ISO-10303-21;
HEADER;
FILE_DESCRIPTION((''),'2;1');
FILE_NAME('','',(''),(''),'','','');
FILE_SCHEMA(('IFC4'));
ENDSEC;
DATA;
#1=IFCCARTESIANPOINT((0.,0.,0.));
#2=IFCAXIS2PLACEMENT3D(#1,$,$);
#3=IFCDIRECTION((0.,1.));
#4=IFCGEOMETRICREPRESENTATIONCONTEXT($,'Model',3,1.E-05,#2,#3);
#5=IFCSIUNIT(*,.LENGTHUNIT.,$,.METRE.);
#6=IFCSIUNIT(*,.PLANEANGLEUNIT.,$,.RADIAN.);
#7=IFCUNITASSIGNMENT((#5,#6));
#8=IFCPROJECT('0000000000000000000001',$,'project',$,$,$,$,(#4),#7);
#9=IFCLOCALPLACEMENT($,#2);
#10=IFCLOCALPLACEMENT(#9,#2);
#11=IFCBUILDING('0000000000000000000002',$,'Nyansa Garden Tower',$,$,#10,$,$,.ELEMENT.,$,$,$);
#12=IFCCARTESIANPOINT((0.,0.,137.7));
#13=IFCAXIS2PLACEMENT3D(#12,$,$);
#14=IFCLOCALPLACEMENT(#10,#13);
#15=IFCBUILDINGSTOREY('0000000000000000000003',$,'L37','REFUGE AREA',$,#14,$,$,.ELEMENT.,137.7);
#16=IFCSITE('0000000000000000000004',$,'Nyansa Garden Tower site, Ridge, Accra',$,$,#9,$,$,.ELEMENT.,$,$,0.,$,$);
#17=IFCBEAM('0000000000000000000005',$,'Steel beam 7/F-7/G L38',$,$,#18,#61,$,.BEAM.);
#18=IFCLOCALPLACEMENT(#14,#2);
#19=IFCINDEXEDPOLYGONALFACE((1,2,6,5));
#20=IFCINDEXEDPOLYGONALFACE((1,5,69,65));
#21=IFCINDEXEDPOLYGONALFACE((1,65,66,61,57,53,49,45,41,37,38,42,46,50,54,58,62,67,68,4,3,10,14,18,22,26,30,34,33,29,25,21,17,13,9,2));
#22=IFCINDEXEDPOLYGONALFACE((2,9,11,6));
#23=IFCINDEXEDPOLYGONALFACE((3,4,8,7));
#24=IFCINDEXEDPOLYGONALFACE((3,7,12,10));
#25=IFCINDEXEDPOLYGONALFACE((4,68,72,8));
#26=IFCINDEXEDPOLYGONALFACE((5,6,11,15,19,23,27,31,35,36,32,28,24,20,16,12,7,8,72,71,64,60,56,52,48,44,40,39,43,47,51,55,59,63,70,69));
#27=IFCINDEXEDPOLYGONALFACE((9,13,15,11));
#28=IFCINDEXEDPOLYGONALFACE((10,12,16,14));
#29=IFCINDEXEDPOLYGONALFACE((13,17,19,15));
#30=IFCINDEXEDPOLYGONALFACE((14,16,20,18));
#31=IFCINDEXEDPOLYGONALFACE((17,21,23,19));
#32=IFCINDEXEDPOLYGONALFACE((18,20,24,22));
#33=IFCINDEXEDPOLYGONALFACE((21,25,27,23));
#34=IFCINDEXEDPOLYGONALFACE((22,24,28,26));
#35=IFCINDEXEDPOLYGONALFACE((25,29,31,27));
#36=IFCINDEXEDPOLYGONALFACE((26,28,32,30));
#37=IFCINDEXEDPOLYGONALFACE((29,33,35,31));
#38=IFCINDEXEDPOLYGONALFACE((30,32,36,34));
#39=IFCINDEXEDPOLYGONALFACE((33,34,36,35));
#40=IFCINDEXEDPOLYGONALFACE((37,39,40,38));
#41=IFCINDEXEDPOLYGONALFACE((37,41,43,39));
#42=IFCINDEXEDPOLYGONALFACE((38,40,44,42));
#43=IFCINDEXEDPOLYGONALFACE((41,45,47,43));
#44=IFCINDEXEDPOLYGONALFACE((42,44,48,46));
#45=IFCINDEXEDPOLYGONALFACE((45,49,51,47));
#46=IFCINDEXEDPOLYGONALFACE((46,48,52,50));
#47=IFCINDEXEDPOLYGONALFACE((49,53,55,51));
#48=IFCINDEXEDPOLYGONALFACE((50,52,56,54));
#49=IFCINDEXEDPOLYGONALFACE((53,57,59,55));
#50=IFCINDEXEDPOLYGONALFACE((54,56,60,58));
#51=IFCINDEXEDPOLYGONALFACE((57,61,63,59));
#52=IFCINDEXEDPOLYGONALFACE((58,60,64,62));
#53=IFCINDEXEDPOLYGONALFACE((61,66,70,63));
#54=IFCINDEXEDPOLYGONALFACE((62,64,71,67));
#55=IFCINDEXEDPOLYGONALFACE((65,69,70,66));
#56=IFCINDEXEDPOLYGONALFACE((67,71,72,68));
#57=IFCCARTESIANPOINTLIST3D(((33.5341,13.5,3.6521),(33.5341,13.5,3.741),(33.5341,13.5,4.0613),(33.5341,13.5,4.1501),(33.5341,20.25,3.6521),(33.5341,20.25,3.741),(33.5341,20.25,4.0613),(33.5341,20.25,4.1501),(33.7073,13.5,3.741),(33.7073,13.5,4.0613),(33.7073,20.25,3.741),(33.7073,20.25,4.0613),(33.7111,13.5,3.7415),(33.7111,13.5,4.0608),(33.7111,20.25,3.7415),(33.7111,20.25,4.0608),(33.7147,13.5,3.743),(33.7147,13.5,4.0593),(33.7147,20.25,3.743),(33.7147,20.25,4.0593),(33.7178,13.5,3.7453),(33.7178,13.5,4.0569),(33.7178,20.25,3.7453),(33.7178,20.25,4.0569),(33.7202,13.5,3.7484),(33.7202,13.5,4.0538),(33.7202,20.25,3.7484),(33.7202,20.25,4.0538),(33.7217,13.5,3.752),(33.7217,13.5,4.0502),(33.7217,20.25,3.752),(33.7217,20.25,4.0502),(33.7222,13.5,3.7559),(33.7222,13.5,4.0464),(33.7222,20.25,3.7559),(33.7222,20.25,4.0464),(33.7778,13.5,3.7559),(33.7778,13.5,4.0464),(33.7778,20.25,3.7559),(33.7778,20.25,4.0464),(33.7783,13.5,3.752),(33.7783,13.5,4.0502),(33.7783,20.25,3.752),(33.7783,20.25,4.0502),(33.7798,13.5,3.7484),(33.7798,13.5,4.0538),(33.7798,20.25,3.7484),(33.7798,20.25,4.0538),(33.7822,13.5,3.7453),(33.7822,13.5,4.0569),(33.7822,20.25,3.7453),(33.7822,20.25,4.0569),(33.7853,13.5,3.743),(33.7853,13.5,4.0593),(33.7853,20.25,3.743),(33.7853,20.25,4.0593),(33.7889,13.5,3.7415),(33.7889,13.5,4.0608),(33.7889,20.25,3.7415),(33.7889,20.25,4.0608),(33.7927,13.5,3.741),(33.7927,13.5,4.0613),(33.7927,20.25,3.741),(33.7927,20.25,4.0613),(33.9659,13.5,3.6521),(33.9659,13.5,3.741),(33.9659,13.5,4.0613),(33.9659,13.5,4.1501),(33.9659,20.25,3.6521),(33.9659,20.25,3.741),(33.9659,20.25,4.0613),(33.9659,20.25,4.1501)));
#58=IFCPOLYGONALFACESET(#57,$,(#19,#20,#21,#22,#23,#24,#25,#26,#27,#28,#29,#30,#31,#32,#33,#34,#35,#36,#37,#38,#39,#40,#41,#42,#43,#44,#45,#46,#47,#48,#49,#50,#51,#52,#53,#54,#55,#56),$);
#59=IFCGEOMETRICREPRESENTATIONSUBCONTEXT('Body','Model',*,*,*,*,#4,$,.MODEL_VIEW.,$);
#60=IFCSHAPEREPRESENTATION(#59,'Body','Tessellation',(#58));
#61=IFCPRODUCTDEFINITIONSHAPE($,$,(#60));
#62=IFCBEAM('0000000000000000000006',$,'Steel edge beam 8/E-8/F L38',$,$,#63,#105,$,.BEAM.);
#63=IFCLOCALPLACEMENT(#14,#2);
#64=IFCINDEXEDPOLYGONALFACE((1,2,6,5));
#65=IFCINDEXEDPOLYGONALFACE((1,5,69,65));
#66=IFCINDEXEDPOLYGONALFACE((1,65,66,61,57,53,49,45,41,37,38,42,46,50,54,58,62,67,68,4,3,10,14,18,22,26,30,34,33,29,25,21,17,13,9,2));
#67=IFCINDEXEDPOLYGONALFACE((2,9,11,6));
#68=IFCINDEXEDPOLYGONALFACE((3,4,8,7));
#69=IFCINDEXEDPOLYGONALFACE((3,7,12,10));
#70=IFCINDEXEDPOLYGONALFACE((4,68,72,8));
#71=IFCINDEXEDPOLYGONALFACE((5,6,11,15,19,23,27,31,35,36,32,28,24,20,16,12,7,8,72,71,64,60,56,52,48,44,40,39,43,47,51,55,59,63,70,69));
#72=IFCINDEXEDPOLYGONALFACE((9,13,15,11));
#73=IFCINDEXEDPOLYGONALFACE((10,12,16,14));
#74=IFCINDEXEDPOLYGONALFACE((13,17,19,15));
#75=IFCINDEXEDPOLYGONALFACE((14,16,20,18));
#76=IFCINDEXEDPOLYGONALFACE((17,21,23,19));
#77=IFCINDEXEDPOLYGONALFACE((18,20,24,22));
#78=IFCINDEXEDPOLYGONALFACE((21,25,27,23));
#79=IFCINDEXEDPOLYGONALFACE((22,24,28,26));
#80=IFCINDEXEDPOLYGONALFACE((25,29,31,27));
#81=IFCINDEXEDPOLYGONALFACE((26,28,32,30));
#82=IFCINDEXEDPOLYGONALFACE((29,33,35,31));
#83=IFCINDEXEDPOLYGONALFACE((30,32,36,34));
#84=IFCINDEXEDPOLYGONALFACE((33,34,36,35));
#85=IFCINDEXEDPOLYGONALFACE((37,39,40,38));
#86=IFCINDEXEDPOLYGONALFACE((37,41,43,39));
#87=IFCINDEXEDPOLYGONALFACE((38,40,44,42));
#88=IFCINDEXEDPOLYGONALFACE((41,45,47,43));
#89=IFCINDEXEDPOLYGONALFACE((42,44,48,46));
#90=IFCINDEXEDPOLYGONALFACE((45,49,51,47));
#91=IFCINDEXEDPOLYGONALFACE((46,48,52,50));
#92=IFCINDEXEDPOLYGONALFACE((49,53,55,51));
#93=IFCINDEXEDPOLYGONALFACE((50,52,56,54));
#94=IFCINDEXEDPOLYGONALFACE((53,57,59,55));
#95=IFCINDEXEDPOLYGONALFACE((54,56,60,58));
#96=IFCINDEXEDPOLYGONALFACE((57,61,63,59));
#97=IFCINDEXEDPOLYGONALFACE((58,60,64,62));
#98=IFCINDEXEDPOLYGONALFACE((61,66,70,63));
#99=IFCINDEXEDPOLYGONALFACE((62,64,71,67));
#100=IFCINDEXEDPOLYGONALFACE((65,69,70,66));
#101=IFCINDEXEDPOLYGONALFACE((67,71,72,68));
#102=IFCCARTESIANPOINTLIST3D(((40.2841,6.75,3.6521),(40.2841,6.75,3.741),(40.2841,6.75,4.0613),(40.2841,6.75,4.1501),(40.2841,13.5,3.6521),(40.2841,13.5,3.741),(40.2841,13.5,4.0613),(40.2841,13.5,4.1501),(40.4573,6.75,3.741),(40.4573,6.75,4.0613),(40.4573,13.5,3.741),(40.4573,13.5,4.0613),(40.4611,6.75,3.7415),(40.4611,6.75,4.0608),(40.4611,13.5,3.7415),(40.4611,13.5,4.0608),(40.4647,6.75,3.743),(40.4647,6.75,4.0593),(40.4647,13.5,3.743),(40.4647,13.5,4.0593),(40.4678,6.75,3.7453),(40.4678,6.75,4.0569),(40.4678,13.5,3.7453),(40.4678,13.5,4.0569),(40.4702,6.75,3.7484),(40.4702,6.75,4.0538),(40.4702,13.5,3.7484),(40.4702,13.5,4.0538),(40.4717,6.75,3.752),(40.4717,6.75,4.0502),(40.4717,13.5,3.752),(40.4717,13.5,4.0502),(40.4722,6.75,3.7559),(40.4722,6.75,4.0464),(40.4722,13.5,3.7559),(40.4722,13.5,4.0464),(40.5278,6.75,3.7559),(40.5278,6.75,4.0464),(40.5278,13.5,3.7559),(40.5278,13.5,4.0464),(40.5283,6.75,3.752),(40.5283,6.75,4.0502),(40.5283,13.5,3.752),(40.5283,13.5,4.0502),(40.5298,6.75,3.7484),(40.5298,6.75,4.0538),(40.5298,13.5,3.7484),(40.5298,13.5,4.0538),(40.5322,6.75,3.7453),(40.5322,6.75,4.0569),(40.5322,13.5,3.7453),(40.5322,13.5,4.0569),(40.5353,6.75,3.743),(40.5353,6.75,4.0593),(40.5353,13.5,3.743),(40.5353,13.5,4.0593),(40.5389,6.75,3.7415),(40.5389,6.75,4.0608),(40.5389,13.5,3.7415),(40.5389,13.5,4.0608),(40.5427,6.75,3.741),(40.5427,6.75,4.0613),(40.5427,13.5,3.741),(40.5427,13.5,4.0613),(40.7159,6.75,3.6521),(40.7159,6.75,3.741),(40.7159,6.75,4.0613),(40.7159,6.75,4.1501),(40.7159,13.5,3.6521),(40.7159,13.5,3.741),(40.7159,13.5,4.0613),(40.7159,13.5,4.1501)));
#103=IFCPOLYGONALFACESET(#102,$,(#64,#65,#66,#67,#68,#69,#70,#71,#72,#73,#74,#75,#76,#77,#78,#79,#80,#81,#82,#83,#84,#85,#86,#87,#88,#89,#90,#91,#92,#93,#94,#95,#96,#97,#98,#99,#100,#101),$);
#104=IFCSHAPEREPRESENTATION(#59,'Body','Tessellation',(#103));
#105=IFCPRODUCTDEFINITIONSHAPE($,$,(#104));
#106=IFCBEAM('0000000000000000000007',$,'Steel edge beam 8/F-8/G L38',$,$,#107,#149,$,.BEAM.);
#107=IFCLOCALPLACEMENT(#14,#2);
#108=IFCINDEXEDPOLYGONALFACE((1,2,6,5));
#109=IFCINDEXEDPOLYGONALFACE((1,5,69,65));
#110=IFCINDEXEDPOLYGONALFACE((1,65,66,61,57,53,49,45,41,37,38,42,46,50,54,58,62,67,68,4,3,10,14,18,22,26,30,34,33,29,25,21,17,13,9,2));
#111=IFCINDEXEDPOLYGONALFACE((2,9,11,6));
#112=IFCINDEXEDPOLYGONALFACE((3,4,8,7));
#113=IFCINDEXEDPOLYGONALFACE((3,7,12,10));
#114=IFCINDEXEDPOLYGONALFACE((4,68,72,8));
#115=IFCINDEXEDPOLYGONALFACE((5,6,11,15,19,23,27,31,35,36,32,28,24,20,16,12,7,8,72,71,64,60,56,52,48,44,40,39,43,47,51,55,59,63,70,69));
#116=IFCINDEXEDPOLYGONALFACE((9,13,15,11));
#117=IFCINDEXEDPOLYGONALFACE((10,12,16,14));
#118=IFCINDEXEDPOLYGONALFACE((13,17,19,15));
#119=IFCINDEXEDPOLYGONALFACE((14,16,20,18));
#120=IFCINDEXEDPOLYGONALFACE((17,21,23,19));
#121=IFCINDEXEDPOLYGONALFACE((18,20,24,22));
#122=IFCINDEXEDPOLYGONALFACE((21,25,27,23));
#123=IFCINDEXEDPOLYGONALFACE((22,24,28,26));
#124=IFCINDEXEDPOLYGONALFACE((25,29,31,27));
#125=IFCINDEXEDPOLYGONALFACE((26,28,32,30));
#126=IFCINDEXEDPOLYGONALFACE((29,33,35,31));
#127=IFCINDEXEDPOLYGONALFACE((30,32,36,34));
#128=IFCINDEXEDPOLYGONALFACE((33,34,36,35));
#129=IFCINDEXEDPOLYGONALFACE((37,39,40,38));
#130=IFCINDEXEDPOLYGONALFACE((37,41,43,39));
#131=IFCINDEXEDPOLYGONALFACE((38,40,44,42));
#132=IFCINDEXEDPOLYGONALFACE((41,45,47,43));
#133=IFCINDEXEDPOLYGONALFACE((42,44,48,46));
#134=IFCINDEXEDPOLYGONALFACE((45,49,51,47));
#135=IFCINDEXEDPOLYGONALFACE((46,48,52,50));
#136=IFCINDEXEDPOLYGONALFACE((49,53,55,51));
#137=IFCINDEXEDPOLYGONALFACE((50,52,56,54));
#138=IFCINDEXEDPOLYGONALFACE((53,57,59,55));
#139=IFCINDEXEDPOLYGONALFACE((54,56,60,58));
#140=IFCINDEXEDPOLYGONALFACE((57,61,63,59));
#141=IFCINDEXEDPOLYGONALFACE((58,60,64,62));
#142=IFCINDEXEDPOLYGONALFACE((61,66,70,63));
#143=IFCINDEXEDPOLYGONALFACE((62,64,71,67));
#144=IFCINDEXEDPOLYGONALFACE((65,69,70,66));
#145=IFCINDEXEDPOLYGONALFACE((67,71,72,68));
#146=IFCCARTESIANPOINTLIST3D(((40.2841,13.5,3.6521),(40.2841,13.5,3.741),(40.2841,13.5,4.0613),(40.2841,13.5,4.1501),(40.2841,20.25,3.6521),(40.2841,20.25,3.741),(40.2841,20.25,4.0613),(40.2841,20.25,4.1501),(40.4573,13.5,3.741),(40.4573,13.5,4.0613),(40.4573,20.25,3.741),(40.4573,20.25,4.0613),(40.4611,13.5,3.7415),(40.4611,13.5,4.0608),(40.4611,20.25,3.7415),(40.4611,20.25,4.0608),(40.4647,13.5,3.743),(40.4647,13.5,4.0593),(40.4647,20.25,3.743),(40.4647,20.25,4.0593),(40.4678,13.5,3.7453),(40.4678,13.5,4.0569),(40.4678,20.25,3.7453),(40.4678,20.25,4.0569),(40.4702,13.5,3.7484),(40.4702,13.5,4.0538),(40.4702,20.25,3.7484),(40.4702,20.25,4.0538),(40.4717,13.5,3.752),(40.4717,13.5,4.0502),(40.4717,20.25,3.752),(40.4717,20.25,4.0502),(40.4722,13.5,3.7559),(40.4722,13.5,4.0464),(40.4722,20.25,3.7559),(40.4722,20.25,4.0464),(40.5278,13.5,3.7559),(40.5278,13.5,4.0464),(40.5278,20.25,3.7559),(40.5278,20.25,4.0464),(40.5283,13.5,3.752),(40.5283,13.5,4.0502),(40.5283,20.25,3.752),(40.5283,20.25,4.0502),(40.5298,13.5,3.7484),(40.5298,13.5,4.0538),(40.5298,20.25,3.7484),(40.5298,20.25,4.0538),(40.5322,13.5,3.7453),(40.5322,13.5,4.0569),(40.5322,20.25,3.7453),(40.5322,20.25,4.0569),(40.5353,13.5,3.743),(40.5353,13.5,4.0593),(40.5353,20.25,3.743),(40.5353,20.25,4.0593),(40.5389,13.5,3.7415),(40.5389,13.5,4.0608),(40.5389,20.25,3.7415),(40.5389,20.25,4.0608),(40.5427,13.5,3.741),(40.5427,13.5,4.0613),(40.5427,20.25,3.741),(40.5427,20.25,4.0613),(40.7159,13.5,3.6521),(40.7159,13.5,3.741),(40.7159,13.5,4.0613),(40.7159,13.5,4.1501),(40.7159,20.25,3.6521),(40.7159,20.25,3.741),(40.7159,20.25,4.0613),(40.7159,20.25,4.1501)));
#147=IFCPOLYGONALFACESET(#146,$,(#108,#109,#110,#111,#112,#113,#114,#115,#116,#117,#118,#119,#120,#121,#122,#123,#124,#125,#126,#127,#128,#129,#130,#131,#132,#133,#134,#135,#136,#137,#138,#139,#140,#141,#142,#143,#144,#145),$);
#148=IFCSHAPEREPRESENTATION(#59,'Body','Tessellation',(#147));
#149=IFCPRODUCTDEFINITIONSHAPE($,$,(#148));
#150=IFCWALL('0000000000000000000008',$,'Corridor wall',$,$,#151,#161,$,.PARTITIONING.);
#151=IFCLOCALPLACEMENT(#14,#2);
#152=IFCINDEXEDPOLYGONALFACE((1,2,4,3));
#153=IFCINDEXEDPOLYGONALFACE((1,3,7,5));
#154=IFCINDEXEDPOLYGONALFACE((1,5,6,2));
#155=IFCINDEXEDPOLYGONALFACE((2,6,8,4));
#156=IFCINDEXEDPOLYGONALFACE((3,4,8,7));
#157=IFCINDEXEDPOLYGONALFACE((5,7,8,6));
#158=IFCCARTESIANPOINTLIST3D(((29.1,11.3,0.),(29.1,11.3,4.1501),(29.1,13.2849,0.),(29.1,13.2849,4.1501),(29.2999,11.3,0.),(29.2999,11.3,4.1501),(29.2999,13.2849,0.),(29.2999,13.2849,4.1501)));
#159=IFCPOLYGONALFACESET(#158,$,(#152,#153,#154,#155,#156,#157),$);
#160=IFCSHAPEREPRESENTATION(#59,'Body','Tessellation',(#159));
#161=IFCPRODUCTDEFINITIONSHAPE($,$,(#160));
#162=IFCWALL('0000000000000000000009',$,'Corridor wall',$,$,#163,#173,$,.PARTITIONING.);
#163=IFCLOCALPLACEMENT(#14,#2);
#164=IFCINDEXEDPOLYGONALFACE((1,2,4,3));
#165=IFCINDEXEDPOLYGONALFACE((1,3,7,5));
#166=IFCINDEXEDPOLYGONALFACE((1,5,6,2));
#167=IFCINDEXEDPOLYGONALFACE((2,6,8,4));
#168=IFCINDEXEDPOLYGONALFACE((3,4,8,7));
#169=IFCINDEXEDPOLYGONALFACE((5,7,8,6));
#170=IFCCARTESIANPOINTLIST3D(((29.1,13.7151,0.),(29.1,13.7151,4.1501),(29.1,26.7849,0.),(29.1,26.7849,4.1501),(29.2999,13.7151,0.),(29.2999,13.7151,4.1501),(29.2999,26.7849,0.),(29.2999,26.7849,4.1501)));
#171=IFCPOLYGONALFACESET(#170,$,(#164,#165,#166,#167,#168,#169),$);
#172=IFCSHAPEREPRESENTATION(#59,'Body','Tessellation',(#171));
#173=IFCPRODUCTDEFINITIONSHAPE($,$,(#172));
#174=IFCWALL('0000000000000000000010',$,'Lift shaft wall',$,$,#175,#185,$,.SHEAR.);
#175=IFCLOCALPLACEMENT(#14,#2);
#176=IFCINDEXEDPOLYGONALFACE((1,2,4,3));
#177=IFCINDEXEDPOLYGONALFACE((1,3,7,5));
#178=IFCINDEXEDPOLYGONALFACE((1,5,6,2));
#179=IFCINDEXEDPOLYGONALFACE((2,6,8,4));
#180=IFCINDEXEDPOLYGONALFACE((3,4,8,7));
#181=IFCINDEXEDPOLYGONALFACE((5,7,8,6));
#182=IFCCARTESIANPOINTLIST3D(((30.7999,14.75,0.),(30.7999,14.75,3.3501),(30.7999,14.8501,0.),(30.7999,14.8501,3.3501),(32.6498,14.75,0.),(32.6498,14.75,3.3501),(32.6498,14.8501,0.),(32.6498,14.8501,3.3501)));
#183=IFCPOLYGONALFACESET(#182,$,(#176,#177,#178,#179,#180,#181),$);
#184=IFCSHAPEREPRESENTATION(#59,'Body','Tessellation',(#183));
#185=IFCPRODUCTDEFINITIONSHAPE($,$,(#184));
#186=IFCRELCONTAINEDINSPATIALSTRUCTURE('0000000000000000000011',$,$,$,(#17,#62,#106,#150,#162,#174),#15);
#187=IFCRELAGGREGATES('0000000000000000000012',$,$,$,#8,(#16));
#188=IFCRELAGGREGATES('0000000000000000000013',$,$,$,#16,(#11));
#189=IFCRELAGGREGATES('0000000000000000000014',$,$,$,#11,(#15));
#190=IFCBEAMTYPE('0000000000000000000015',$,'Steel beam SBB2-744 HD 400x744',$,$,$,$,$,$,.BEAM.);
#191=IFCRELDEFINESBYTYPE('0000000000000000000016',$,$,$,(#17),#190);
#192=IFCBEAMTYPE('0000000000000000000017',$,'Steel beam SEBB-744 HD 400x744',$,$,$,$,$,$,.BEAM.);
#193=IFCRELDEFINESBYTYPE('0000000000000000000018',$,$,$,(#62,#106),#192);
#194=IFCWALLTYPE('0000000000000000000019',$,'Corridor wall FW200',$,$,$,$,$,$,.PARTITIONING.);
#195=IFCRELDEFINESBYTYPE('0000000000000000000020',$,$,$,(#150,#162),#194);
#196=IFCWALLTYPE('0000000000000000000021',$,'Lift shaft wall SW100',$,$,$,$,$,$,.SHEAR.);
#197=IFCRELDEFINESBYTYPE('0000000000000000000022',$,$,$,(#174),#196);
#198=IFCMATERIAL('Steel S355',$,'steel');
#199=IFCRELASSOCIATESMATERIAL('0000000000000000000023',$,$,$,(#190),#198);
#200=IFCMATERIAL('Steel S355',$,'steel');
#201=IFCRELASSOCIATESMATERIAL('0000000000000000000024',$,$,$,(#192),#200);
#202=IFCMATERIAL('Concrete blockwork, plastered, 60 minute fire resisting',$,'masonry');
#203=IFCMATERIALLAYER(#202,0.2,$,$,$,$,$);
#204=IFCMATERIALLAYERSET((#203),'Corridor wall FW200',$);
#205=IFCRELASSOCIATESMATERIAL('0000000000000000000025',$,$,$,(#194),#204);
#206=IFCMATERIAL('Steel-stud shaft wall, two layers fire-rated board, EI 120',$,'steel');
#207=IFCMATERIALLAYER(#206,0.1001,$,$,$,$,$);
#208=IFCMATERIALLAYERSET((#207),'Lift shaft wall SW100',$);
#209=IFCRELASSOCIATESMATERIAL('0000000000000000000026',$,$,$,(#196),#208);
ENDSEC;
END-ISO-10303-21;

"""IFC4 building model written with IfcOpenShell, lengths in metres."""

from ifc_helpers import new_model, si_unit, direction, frame, frame_2d, origin, origin_2d, place, context, subcontext, project, spatial, rectangle, i_section, extrude, material, layer, layer_set, material_profile, profile_set, type_object, element, save


model = new_model("IFC4")

# Units and contexts
model_context = context("Model", 3, precision=1e-05, world=origin(), true_north=direction((0.0, 1.0)))
body_context = subcontext(model_context, "Body", "Model", "MODEL_VIEW")
ifc_project = project(units=[si_unit("LENGTHUNIT", "METRE"), si_unit("PLANEANGLEUNIT", "RADIAN")], contexts=[model_context])

# Site, building, storey
site_placement = place(None, origin())
site = spatial("IfcSite", under=ifc_project, at=site_placement, Name="Nyansa Garden Tower site, Ridge, Accra", CompositionType="ELEMENT", RefElevation=0.0)
building_placement = place(site_placement, origin())
building = spatial("IfcBuilding", under=site, at=building_placement, Name="Nyansa Garden Tower", CompositionType="ELEMENT")
storey_placement = place(building_placement, frame((0.0, 0.0, 137.7)))
storey = spatial("IfcBuildingStorey", under=building, at=storey_placement, Name="L37", Description="REFUGE AREA", CompositionType="ELEMENT", Elevation=137.7)

# Beams
ifc_material_1 = material(Name="Steel S355", Category="steel")
ifc_material_profile_1 = material_profile(ifc_material_1, i_section(OverallWidth=0.4319, OverallDepth=0.498, WebThickness=0.0557, FlangeThickness=0.0889, FilletRadius=0.0149, at=origin_2d()), Name="HD 400x744")
ifc_profile_set_1 = profile_set([ifc_material_profile_1], Name="Steel S355")
beam_type_1 = type_object("IfcBeamType", Name="Steel beam SBB2-744 HD 400x744", PredefinedType="BEAM", material=ifc_profile_set_1)
beam_1_placement = place(storey_placement, frame((33.75, 13.5, 3.9011), z_axis=(0.0, 1.0, 0.0), x_axis=(-1.0, 0.0, 0.0)))
element("IfcBeam", 1, at=beam_1_placement, inside=storey, type_object=beam_type_1, Name="Steel beam 7/F-7/G L38", PredefinedType="BEAM", context=body_context, shape_type="SweptSolid", body=[
    extrude(i_section(OverallWidth=0.4319, OverallDepth=0.498, WebThickness=0.0557, FlangeThickness=0.0889, FilletRadius=0.0149, at=origin_2d()), origin(), (0.0, 0.0, 1.0), 6.75),
])
ifc_material_2 = material(Name="Steel S355", Category="steel")
ifc_material_profile_2 = material_profile(ifc_material_2, i_section(OverallWidth=0.4319, OverallDepth=0.498, WebThickness=0.0557, FlangeThickness=0.0889, FilletRadius=0.0149, at=origin_2d()), Name="HD 400x744")
ifc_profile_set_2 = profile_set([ifc_material_profile_2], Name="Steel S355")
beam_type_2 = type_object("IfcBeamType", Name="Steel beam SEBB-744 HD 400x744", PredefinedType="BEAM", material=ifc_profile_set_2)
for number, where, z_axis, x_axis, name in (
    (2, (40.5, 6.75, 3.9011), (0.0, 1.0, 0.0), (-1.0, 0.0, 0.0), "Steel edge beam 8/E-8/F L38"),
    (3, (40.5, 13.5, 3.9011), (0.0, 1.0, 0.0), (-1.0, 0.0, 0.0), "Steel edge beam 8/F-8/G L38"),
):
    element("IfcBeam", number, at=place(storey_placement, frame(where, z_axis=z_axis, x_axis=x_axis)), inside=storey, type_object=beam_type_2, Name=name, PredefinedType="BEAM", context=body_context, shape_type="SweptSolid", body=[
        extrude(i_section(OverallWidth=0.4319, OverallDepth=0.498, WebThickness=0.0557, FlangeThickness=0.0889, FilletRadius=0.0149, at=origin_2d()), origin(), (0.0, 0.0, 1.0), 6.75),
    ])

# Walls
ifc_material_3 = material(Name="Concrete blockwork, plastered, 60 minute fire resisting", Category="masonry")
ifc_layer_1 = layer(ifc_material_3, 0.2)
ifc_layer_set_1 = layer_set([ifc_layer_1], Name="Corridor wall FW200")
wall_type_1 = type_object("IfcWallType", Name="Corridor wall FW200", PredefinedType="PARTITIONING", material=ifc_layer_set_1)
wall_1_placement = place(storey_placement, frame((29.2, 11.3, 0.0), z_axis=(0.0, 0.0, 1.0), x_axis=(0.0, 1.0, 0.0)))
element("IfcWall", 4, at=wall_1_placement, inside=storey, type_object=wall_type_1, Name="Corridor wall", PredefinedType="PARTITIONING", context=body_context, shape_type="SweptSolid", body=[
    extrude(rectangle(XDim=1.9849, YDim=0.2, at=frame_2d((0.9924, 0.0))), origin(), (0.0, 0.0, 1.0), 4.1501),
])
wall_2_placement = place(storey_placement, frame((29.2, 13.7151, 0.0), z_axis=(0.0, 0.0, 1.0), x_axis=(0.0, 1.0, 0.0)))
element("IfcWall", 5, at=wall_2_placement, inside=storey, type_object=wall_type_1, Name="Corridor wall", PredefinedType="PARTITIONING", context=body_context, shape_type="SweptSolid", body=[
    extrude(rectangle(XDim=13.0698, YDim=0.2, at=frame_2d((6.5349, 0.0))), origin(), (0.0, 0.0, 1.0), 4.1501),
])
ifc_material_4 = material(Name="Steel-stud shaft wall, two layers fire-rated board, EI 120", Category="steel")
ifc_layer_2 = layer(ifc_material_4, 0.1001)
ifc_layer_set_2 = layer_set([ifc_layer_2], Name="Lift shaft wall SW100")
wall_type_2 = type_object("IfcWallType", Name="Lift shaft wall SW100", PredefinedType="SHEAR", material=ifc_layer_set_2)
wall_3_placement = place(storey_placement, frame((30.8, 14.8, 0.0), z_axis=(0.0, 0.0, 1.0), x_axis=(1.0, 0.0, 0.0)))
element("IfcWall", 6, at=wall_3_placement, inside=storey, type_object=wall_type_2, Name="Lift shaft wall", PredefinedType="SHEAR", context=body_context, shape_type="SweptSolid", body=[
    extrude(rectangle(XDim=1.8499, YDim=0.1001, at=frame_2d((0.9248, 0.0))), origin(), (0.0, 0.0, 1.0), 3.3501),
])

save(model, "model.ifc")
